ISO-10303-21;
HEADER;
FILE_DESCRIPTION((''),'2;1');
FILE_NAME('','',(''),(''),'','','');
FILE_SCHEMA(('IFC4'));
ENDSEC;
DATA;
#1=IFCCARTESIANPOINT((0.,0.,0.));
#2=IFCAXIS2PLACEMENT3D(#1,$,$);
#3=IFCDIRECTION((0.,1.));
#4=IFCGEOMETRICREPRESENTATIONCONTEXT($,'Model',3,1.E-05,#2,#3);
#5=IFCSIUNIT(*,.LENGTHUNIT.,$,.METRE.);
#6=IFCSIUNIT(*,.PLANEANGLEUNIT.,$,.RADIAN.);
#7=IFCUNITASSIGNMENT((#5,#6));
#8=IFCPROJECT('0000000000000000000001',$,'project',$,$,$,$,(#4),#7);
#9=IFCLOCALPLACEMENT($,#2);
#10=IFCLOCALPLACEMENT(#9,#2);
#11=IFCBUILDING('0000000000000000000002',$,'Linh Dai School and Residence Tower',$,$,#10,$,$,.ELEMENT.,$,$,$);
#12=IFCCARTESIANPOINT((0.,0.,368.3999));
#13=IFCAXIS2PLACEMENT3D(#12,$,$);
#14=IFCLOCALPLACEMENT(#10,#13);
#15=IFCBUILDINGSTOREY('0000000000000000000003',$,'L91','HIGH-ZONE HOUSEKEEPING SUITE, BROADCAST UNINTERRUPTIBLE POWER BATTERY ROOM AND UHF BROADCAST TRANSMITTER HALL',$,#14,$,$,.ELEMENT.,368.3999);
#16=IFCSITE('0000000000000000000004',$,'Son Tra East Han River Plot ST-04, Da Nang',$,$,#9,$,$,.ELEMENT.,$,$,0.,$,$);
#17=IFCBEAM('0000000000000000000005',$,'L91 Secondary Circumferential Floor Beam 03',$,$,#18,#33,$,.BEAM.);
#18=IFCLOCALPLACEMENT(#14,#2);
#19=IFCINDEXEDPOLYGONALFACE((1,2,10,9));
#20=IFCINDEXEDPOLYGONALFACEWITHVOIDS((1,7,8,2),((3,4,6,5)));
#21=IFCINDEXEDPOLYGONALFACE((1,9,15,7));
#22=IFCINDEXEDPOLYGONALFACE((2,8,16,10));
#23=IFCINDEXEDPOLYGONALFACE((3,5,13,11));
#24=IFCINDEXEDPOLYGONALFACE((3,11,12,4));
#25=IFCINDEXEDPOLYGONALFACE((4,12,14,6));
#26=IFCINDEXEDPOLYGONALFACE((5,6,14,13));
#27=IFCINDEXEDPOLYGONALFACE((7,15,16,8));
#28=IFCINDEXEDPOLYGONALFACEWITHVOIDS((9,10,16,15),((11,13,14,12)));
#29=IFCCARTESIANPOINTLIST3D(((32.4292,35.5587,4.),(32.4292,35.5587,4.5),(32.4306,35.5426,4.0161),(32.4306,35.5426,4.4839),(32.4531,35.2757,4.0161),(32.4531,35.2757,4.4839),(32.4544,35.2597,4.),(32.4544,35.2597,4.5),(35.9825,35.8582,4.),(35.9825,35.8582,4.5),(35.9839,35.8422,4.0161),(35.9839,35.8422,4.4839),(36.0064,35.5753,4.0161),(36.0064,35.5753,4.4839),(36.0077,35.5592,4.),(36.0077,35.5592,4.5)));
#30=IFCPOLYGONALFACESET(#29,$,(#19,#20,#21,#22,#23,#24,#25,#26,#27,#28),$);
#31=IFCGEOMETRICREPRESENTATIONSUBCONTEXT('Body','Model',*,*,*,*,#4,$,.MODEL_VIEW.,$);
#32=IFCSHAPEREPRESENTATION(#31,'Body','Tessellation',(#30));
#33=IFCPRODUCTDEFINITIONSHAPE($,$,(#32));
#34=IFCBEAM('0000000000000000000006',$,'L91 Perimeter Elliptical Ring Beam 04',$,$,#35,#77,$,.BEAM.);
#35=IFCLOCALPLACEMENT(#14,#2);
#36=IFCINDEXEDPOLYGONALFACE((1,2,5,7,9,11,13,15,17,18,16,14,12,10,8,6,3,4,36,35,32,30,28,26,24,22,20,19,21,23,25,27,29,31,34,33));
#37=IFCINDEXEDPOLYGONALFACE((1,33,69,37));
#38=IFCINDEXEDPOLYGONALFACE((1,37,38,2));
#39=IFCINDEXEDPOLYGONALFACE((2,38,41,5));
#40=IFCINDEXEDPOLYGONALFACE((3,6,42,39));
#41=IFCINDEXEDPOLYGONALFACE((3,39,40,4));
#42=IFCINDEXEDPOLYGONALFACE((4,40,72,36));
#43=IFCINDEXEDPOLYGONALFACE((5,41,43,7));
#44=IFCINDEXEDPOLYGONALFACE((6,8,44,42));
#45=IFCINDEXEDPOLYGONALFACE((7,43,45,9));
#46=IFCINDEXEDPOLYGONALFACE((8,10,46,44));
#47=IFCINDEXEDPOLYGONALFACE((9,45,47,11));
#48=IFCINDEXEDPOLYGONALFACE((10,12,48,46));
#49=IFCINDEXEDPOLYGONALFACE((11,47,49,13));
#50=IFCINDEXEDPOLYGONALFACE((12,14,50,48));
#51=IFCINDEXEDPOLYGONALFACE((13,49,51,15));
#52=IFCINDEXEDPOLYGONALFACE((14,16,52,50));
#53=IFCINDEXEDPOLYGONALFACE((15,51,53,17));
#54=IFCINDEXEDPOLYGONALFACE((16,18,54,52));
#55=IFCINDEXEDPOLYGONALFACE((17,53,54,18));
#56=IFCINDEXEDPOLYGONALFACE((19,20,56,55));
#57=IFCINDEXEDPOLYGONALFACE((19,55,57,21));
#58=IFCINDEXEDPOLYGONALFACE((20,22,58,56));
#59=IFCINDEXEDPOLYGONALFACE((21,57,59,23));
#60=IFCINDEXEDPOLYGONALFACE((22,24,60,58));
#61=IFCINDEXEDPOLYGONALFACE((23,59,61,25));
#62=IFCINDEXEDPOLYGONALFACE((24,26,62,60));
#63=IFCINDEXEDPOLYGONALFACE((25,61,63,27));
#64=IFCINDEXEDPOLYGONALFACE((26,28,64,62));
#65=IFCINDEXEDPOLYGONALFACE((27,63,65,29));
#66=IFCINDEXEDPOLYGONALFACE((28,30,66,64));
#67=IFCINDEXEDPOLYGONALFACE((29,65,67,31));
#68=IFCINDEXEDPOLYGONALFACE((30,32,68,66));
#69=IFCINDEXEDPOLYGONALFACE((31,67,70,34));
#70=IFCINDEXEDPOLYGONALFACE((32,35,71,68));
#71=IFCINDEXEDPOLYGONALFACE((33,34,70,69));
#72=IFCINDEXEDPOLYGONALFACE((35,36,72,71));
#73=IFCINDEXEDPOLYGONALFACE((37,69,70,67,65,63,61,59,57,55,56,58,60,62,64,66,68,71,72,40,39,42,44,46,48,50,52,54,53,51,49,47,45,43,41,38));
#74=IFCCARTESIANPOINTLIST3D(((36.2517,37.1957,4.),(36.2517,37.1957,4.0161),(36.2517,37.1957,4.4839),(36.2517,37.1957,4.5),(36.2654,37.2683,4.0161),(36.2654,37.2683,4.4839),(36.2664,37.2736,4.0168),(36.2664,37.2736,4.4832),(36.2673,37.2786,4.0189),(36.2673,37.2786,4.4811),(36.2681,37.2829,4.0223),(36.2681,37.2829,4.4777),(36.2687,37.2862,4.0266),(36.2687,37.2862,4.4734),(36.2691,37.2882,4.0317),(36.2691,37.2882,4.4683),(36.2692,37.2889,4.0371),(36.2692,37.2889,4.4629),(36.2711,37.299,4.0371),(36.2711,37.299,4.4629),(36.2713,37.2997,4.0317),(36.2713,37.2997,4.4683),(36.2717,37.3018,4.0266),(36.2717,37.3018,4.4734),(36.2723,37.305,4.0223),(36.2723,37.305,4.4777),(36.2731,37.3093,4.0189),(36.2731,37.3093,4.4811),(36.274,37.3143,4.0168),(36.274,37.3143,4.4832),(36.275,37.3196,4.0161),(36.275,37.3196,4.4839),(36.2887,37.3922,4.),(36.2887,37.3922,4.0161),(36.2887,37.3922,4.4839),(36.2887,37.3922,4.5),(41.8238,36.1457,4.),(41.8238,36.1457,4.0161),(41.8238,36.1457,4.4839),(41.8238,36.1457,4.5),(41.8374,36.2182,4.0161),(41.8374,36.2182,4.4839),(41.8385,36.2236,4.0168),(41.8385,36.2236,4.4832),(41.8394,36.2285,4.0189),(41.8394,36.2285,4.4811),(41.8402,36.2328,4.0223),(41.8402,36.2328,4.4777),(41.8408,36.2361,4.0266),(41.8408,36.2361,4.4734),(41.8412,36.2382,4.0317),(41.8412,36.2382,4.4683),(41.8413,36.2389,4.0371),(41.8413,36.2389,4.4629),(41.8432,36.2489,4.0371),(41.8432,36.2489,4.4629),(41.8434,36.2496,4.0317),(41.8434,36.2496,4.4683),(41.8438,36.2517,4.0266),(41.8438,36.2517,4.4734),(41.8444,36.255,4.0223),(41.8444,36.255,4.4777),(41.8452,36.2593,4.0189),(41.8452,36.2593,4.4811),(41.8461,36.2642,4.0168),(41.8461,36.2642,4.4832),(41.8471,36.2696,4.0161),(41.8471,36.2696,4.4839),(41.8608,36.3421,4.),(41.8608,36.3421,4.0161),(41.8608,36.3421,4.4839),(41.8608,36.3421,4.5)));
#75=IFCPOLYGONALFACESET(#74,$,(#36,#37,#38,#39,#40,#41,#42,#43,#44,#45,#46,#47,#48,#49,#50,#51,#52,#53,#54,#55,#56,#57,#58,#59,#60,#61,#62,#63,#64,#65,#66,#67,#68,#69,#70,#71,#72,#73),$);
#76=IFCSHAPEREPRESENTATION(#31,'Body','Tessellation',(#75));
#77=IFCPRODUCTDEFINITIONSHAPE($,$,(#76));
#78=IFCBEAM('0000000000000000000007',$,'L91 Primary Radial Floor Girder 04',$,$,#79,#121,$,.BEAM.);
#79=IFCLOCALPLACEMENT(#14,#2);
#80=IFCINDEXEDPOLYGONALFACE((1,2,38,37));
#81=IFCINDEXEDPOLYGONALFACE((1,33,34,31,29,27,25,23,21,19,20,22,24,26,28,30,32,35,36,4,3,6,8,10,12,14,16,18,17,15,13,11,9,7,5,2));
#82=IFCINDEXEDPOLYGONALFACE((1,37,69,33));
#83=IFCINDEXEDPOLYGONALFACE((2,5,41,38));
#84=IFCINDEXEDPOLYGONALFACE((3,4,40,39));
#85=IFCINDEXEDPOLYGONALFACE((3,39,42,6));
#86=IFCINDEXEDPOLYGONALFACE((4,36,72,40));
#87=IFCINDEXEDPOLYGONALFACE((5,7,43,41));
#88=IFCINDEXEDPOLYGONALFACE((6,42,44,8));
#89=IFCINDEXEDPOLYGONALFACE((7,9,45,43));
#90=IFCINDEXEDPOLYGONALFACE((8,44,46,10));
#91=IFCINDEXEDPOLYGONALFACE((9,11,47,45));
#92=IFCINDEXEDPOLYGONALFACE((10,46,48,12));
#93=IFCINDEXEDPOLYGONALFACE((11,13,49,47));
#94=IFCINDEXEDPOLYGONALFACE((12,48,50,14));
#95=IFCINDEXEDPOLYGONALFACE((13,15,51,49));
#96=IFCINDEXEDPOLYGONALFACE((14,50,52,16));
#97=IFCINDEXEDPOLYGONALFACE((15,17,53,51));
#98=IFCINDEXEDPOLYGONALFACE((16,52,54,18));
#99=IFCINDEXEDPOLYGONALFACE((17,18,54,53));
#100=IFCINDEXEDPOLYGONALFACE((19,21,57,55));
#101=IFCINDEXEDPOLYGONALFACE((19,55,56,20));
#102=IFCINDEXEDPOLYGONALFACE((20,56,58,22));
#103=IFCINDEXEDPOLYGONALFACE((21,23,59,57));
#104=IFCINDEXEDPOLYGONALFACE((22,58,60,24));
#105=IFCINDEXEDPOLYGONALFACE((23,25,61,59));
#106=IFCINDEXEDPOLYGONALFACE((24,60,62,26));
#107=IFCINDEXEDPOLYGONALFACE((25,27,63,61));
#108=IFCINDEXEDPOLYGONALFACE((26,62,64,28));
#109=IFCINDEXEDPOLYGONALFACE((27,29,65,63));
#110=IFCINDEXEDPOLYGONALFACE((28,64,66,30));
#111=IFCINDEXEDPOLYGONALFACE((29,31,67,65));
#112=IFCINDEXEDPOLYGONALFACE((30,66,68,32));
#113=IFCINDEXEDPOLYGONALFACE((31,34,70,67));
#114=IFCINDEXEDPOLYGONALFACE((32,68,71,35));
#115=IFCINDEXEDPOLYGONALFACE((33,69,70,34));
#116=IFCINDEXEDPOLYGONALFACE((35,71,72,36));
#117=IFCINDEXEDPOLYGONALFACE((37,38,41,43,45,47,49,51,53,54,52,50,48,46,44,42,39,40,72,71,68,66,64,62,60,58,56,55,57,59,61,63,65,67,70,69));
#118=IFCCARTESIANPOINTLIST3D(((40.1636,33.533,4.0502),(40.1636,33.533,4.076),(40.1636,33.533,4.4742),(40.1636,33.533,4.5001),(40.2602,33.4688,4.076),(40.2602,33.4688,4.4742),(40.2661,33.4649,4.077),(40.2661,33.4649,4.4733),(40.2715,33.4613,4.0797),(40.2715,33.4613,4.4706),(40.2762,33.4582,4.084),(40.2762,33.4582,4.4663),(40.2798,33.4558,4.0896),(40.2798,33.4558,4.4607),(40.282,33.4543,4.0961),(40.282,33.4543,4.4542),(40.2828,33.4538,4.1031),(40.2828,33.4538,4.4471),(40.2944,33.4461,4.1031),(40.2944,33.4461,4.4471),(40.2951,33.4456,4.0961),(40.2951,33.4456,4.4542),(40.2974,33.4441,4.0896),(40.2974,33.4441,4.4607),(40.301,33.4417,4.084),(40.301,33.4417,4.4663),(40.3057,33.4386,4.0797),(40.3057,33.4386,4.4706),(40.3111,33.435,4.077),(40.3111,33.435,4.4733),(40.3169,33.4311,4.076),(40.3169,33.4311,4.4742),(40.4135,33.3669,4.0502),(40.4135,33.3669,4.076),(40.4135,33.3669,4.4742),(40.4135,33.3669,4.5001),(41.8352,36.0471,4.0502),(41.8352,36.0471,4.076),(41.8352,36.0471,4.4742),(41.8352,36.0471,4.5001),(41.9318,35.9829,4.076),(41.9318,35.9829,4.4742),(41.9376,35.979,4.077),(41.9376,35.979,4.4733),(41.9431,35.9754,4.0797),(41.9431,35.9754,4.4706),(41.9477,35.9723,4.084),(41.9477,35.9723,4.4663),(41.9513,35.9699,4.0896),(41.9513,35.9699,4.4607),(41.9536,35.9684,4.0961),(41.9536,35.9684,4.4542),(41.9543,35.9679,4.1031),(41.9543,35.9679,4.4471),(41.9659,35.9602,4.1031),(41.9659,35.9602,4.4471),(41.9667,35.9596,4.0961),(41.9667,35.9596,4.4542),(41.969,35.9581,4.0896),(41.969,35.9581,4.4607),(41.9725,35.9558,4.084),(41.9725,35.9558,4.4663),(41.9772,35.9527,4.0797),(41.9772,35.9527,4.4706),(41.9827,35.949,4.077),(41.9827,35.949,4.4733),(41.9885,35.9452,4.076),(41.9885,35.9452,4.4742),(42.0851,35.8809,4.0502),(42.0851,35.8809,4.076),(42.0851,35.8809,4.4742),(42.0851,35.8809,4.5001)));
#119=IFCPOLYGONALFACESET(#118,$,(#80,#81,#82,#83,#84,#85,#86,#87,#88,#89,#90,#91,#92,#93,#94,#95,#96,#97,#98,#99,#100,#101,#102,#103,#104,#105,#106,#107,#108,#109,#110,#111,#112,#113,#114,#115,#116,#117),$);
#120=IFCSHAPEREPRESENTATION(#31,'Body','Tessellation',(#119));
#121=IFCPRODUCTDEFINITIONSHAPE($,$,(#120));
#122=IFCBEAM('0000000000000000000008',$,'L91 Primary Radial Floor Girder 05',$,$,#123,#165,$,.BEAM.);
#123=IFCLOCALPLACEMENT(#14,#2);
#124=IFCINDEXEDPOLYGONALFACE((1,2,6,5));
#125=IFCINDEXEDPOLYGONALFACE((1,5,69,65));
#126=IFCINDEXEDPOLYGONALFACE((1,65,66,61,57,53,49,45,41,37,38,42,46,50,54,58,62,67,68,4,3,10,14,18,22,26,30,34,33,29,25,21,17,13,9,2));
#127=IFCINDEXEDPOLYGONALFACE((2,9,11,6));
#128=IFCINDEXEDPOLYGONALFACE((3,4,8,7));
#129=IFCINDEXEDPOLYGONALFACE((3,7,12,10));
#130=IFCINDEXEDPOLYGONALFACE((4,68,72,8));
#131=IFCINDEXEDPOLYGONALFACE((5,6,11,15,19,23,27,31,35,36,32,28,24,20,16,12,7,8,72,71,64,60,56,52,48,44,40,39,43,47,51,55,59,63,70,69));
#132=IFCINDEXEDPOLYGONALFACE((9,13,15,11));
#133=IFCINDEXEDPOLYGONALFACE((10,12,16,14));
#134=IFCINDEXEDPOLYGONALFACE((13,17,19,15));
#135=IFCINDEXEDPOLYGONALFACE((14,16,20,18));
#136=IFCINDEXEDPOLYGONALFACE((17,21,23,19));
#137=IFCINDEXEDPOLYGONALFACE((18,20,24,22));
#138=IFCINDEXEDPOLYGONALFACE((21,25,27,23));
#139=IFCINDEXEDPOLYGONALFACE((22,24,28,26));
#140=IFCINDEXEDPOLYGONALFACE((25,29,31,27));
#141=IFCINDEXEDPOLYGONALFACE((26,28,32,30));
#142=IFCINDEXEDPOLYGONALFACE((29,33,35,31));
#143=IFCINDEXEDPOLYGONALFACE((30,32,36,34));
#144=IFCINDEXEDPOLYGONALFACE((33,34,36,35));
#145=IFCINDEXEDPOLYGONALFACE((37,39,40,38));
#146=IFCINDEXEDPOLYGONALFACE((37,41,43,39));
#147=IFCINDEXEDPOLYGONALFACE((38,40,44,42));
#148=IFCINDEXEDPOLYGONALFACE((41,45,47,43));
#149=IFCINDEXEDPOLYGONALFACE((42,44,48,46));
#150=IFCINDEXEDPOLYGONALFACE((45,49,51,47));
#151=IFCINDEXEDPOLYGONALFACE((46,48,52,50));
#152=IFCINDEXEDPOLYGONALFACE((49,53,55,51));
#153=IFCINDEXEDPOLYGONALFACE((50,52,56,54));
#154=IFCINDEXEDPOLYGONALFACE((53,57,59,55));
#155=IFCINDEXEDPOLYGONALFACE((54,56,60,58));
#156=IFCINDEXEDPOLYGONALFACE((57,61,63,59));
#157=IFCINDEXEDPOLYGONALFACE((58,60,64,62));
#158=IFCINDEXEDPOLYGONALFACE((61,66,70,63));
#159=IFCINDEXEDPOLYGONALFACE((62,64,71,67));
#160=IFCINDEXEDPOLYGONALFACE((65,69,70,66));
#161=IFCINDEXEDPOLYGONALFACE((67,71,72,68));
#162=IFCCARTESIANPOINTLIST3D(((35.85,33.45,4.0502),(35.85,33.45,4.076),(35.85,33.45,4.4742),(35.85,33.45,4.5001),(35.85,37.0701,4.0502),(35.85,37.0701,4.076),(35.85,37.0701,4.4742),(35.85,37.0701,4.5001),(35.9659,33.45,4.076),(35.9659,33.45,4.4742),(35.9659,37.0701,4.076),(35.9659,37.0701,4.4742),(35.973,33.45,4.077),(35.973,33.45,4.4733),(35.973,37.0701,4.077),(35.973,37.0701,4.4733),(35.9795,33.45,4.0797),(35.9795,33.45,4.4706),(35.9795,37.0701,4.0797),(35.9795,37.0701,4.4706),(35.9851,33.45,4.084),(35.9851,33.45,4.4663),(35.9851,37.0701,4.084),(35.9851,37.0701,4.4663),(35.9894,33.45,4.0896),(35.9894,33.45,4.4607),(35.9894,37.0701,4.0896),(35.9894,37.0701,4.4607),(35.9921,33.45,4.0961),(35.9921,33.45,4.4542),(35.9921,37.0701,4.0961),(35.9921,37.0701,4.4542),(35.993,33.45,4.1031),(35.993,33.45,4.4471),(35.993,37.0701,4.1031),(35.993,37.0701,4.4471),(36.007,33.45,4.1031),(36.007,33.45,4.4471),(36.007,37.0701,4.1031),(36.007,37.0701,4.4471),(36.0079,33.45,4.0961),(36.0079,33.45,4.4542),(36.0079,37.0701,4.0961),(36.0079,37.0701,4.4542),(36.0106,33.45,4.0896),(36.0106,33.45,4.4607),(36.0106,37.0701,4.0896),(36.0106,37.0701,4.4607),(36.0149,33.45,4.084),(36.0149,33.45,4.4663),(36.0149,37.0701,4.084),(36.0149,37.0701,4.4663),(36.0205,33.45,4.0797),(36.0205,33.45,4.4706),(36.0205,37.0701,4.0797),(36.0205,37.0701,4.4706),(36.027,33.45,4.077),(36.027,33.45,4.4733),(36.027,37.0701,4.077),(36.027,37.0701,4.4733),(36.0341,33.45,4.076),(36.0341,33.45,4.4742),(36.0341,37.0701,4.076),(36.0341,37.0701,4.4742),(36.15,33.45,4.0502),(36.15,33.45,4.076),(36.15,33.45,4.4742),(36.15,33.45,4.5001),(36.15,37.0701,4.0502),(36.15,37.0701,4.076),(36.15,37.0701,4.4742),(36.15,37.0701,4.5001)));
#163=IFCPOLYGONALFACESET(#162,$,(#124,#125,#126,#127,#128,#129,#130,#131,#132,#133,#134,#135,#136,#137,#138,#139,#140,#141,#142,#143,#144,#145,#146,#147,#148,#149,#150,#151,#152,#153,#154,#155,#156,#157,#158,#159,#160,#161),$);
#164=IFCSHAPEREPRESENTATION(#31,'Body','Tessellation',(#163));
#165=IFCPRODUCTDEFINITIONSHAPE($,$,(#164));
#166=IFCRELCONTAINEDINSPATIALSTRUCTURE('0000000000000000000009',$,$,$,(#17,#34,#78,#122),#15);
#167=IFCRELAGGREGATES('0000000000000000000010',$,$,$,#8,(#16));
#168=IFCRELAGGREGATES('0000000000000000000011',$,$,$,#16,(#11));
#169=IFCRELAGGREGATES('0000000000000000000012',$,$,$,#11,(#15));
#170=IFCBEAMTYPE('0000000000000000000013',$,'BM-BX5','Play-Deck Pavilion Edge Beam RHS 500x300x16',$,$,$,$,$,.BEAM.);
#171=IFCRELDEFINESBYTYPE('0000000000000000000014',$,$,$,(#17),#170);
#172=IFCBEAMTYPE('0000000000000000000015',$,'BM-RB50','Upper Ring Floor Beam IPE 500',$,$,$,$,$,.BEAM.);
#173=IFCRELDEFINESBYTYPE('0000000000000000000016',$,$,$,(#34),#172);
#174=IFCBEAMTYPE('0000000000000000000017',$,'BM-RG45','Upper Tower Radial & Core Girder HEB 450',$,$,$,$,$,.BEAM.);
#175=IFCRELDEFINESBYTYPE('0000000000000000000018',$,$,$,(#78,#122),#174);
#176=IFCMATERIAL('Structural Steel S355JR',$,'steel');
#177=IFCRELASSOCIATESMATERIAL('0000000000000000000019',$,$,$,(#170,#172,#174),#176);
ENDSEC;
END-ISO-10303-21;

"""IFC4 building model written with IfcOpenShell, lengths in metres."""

from ifc_helpers import new_model, si_unit, direction, frame, origin, origin_2d, place, context, subcontext, project, spatial, hollow_rectangle, i_section, extrude, material, material_profile, profile_set, type_object, element, save


model = new_model("IFC4")

# Units and contexts
model_context = context("Model", 3, precision=1e-05, world=origin(), true_north=direction((0.0, 1.0)))
body_context = subcontext(model_context, "Body", "Model", "MODEL_VIEW")
ifc_project = project(units=[si_unit("LENGTHUNIT", "METRE"), si_unit("PLANEANGLEUNIT", "RADIAN")], contexts=[model_context])

# Site, building, storey
site_placement = place(None, origin())
site = spatial("IfcSite", under=ifc_project, at=site_placement, Name="Son Tra East Han River Plot ST-04, Da Nang", CompositionType="ELEMENT", RefElevation=0.0)
building_placement = place(site_placement, origin())
building = spatial("IfcBuilding", under=site, at=building_placement, Name="Linh Dai School and Residence Tower", CompositionType="ELEMENT")
storey_placement = place(building_placement, frame((0.0, 0.0, 368.3999)))
storey = spatial("IfcBuildingStorey", under=building, at=storey_placement, Name="L91", Description="HIGH-ZONE HOUSEKEEPING SUITE, BROADCAST UNINTERRUPTIBLE POWER BATTERY ROOM AND UHF BROADCAST TRANSMITTER HALL", CompositionType="ELEMENT", Elevation=368.3999)

# Shared definitions
ifc_material_1 = material(Name="Structural Steel S355JR", Category="steel")

# Beams
ifc_material_profile_1 = material_profile(ifc_material_1, hollow_rectangle(XDim=0.3, YDim=0.5, WallThickness=0.0161, at=origin_2d()), Name="RHS 500x300x16")
ifc_profile_set_1 = profile_set([ifc_material_profile_1], Name="Structural Steel S355JR")
beam_type_1 = type_object("IfcBeamType", Name="BM-BX5", Description="Play-Deck Pavilion Edge Beam RHS 500x300x16", PredefinedType="BEAM", material=ifc_profile_set_1)
beam_1_placement = place(storey_placement, frame((35.9951, 35.7087, 4.25), z_axis=(-0.996465, -0.084009, 0.0), x_axis=(0.084009, -0.996465, 0.0)))
element("IfcBeam", 1, at=beam_1_placement, inside=storey, type_object=beam_type_1, Name="L91 Secondary Circumferential Floor Beam 03", PredefinedType="BEAM", context=body_context, shape_type="SweptSolid", body=[
    extrude(hollow_rectangle(XDim=0.3, YDim=0.5, WallThickness=0.0161, at=origin_2d()), origin(), (0.0, 0.0, 1.0), 3.5659),
])
ifc_material_profile_2 = material_profile(ifc_material_1, i_section(OverallWidth=0.2, OverallDepth=0.5, WebThickness=0.0103, FlangeThickness=0.0161, FilletRadius=0.021, at=origin_2d()), Name="IPE 500")
ifc_profile_set_2 = profile_set([ifc_material_profile_2], Name="Structural Steel S355JR")
beam_type_2 = type_object("IfcBeamType", Name="BM-RB50", Description="Upper Ring Floor Beam IPE 500", PredefinedType="BEAM", material=ifc_profile_set_2)
beam_2_placement = place(storey_placement, frame((41.8423, 36.2439, 4.25), z_axis=(-0.982703, 0.185191, 0.0), x_axis=(-0.185191, -0.982703, 0.0)))
element("IfcBeam", 2, at=beam_2_placement, inside=storey, type_object=beam_type_2, Name="L91 Perimeter Elliptical Ring Beam 04", PredefinedType="BEAM", context=body_context, shape_type="SweptSolid", body=[
    extrude(i_section(OverallWidth=0.2, OverallDepth=0.5, WebThickness=0.0103, FlangeThickness=0.0161, FilletRadius=0.021, at=origin_2d()), origin(), (0.0, 0.0, 1.0), 5.6702),
])
ifc_material_profile_3 = material_profile(ifc_material_1, i_section(OverallWidth=0.3, OverallDepth=0.45, WebThickness=0.0139, FlangeThickness=0.0259, FilletRadius=0.0271, at=origin_2d()), Name="HEB 450")
ifc_profile_set_3 = profile_set([ifc_material_profile_3], Name="Structural Steel S355JR")
beam_type_3 = type_object("IfcBeamType", Name="BM-RG45", Description="Upper Tower Radial & Core Girder HEB 450", PredefinedType="BEAM", material=ifc_profile_set_3)
beam_3_placement = place(storey_placement, frame((40.2886, 33.45, 4.2751), z_axis=(0.553673, 0.832734, 0.0), x_axis=(-0.832734, 0.553673, 0.0)))
element("IfcBeam", 3, at=beam_3_placement, inside=storey, type_object=beam_type_3, Name="L91 Primary Radial Floor Girder 04", PredefinedType="BEAM", context=body_context, shape_type="SweptSolid", body=[
    extrude(i_section(OverallWidth=0.3, OverallDepth=0.45, WebThickness=0.0139, FlangeThickness=0.0259, FilletRadius=0.0271, at=origin_2d()), origin(), (0.0, 0.0, 1.0), 3.019),
])
beam_4_placement = place(storey_placement, frame((36.0, 33.45, 4.2751), z_axis=(0.0, 1.0, 0.0), x_axis=(-1.0, 0.0, 0.0)))
element("IfcBeam", 4, at=beam_4_placement, inside=storey, type_object=beam_type_3, Name="L91 Primary Radial Floor Girder 05", PredefinedType="BEAM", context=body_context, shape_type="SweptSolid", body=[
    extrude(i_section(OverallWidth=0.3, OverallDepth=0.45, WebThickness=0.0139, FlangeThickness=0.0259, FilletRadius=0.0271, at=origin_2d()), origin(), (0.0, 0.0, 1.0), 3.6201),
])

save(model, "model.ifc")
